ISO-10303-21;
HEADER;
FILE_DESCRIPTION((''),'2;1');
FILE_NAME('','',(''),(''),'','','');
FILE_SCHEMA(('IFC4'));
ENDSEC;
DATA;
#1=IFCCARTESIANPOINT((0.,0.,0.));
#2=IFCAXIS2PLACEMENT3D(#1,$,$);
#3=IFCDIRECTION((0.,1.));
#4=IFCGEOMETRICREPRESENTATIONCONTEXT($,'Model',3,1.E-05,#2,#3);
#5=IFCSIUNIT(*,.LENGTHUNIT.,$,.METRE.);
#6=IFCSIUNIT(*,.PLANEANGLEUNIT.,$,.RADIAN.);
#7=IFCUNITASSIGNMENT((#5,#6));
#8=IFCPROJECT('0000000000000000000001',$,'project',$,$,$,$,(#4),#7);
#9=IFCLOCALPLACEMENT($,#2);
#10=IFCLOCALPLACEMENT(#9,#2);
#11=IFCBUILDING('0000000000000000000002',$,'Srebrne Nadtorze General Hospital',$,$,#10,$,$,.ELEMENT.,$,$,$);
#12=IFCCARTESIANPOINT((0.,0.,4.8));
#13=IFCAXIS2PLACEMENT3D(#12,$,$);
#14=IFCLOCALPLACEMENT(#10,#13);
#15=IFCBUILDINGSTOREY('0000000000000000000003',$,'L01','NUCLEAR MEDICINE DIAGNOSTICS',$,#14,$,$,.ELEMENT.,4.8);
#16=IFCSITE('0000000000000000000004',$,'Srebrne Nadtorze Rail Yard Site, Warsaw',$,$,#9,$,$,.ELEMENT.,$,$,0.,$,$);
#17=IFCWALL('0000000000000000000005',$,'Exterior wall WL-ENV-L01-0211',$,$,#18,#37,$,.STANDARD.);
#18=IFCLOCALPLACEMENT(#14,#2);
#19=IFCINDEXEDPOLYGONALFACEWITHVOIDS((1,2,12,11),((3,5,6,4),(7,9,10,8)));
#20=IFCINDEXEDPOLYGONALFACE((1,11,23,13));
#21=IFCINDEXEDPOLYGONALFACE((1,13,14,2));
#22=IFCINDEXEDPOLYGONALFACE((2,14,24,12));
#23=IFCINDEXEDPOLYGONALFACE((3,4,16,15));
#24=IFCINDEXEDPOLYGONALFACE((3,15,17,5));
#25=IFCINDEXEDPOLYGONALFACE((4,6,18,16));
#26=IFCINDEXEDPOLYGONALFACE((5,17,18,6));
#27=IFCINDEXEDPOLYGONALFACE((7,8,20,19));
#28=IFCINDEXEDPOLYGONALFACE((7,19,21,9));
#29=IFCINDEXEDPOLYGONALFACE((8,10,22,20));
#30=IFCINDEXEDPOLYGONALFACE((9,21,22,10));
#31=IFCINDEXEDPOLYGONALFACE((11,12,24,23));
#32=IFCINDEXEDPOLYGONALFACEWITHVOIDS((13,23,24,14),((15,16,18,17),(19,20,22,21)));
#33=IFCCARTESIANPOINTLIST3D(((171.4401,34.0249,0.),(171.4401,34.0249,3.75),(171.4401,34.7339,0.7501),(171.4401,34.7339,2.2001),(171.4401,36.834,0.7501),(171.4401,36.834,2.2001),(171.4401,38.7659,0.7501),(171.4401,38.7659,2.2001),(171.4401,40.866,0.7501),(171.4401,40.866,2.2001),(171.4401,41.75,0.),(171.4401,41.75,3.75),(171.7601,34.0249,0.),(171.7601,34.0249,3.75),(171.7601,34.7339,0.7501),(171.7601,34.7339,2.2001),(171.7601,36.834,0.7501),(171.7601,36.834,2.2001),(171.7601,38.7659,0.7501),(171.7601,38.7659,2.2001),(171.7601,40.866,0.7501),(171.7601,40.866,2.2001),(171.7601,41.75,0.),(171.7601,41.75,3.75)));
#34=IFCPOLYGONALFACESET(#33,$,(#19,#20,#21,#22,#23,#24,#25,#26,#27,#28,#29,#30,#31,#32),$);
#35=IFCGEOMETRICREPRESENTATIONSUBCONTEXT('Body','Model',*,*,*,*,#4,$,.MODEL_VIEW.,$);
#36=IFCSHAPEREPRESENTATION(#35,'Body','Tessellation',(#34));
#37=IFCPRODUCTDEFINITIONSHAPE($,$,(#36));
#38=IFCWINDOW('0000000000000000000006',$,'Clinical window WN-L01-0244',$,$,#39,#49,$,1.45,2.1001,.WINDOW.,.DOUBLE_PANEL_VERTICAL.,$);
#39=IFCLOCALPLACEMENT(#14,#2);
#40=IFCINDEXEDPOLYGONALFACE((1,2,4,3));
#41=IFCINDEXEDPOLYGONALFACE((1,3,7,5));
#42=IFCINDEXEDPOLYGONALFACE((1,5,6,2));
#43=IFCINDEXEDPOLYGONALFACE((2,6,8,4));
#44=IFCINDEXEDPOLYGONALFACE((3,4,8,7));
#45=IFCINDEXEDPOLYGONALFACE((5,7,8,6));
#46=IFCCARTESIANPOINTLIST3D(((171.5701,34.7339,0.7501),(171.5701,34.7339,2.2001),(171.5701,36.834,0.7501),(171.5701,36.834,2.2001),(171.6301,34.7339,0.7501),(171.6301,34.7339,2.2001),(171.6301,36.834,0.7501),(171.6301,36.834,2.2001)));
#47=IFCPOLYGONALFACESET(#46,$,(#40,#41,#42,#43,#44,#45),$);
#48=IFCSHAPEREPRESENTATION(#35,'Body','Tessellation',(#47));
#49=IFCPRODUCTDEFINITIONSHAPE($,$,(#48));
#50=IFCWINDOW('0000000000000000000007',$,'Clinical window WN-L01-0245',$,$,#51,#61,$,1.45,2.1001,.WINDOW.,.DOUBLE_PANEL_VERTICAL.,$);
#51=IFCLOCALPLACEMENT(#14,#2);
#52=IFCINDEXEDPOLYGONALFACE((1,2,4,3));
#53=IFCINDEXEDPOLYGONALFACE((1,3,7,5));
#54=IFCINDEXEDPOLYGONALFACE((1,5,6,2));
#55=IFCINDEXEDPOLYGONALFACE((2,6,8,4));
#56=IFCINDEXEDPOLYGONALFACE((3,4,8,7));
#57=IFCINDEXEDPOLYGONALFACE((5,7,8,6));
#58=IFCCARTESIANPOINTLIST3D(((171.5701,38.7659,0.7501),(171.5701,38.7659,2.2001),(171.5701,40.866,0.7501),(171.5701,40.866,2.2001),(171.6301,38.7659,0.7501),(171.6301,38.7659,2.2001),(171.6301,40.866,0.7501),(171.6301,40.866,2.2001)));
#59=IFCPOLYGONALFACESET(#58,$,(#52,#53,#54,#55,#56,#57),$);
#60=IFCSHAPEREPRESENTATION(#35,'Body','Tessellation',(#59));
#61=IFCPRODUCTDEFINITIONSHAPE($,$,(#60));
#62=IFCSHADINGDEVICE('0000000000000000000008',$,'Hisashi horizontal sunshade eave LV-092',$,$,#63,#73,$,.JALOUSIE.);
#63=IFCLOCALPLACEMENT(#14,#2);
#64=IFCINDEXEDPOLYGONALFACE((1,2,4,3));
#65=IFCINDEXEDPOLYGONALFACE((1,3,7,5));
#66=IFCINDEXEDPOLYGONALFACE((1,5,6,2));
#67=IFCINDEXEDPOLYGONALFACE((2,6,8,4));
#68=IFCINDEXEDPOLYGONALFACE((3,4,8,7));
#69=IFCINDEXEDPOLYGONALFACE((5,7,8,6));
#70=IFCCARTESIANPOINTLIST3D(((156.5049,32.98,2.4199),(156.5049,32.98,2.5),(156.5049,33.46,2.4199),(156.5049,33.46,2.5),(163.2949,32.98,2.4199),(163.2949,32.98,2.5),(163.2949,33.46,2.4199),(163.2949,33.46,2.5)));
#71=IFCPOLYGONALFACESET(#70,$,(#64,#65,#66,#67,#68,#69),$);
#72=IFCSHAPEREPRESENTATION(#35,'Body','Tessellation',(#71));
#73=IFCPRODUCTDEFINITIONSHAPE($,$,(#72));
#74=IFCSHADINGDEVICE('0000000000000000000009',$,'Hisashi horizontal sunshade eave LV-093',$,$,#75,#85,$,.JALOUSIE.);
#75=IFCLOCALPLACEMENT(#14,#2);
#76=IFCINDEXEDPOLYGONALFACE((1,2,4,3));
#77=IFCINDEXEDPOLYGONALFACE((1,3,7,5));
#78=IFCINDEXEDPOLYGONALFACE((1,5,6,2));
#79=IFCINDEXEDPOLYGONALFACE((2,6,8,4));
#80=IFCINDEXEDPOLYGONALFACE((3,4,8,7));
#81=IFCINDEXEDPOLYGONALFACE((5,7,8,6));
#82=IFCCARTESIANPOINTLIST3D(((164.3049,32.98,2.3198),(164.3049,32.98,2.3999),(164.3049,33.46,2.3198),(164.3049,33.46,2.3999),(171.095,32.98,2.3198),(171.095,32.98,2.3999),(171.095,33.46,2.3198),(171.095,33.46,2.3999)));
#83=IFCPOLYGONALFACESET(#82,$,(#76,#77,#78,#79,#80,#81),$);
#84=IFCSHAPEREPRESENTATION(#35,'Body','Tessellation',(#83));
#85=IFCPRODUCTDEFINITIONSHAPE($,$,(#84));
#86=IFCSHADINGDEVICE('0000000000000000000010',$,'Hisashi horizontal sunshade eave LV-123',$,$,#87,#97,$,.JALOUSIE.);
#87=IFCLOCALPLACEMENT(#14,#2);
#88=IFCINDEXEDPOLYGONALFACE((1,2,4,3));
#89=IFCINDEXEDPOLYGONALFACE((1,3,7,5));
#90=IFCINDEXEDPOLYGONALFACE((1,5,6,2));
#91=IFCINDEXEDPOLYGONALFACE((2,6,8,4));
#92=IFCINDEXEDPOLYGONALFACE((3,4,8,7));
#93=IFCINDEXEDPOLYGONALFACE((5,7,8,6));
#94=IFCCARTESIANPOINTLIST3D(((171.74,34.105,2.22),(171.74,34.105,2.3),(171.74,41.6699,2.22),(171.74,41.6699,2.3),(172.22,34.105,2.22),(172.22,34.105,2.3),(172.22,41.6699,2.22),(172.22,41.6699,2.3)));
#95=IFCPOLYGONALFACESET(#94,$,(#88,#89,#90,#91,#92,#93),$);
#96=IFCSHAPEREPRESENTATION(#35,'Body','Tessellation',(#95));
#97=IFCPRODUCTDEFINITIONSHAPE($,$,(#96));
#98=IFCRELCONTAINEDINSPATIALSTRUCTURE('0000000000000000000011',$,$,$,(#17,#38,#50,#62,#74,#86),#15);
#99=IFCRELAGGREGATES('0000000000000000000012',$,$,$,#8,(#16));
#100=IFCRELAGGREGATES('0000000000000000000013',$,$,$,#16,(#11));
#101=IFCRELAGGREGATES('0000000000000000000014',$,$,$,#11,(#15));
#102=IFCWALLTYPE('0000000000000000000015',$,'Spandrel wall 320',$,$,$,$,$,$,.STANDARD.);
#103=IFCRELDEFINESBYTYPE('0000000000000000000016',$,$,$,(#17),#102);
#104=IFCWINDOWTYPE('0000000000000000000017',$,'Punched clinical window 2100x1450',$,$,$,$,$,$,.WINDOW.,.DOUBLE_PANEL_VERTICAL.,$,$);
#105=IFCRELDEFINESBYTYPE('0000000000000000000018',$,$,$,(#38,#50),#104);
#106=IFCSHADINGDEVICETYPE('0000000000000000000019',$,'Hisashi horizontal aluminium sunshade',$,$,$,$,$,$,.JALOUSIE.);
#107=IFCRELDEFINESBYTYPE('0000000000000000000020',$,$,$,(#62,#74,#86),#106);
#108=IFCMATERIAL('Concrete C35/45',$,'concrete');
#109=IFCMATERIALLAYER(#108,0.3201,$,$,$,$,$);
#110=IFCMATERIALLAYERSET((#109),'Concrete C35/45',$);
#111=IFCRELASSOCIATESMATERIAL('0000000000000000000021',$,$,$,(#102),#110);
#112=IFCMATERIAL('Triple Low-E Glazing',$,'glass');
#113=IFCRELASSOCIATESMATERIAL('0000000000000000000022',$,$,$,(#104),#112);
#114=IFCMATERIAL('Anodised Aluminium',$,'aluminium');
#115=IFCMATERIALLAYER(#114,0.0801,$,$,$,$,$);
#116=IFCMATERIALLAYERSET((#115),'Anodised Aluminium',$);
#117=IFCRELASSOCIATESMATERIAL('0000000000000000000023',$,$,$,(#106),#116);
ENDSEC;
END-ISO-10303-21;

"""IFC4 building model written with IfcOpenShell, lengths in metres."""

from ifc_helpers import new_model, si_unit, direction, frame, frame_2d, origin, origin_2d, place, context, subcontext, project, spatial, rectangle, extrude, material, layer, layer_set, type_object, element, fill, save


model = new_model("IFC4")

# Units and contexts
model_context = context("Model", 3, precision=1e-05, world=origin(), true_north=direction((0.0, 1.0)))
body_context = subcontext(model_context, "Body", "Model", "MODEL_VIEW")
ifc_project = project(units=[si_unit("LENGTHUNIT", "METRE"), si_unit("PLANEANGLEUNIT", "RADIAN")], contexts=[model_context])

# Site, building, storey
site_placement = place(None, origin())
site = spatial("IfcSite", under=ifc_project, at=site_placement, Name="Srebrne Nadtorze Rail Yard Site, Warsaw", CompositionType="ELEMENT", RefElevation=0.0)
building_placement = place(site_placement, origin())
building = spatial("IfcBuilding", under=site, at=building_placement, Name="Srebrne Nadtorze General Hospital", CompositionType="ELEMENT")
storey_placement = place(building_placement, frame((0.0, 0.0, 4.8)))
storey = spatial("IfcBuildingStorey", under=building, at=storey_placement, Name="L01", Description="NUCLEAR MEDICINE DIAGNOSTICS", CompositionType="ELEMENT", Elevation=4.8)

# Wall, openings, windows
ifc_material_1 = material(Name="Concrete C35/45", Category="concrete")
ifc_layer_1 = layer(ifc_material_1, 0.3201)
ifc_layer_set_1 = layer_set([ifc_layer_1], Name="Concrete C35/45")
wall_type_1 = type_object("IfcWallType", Name="Spandrel wall 320", PredefinedType="STANDARD", material=ifc_layer_set_1)
wall_1_placement = place(storey_placement, frame((171.6001, 34.0249, 0.0), z_axis=(0.0, 0.0, 1.0), x_axis=(0.0, 1.0, 0.0)))
wall_1 = element("IfcWall", 1, at=wall_1_placement, inside=storey, type_object=wall_type_1, Name="Exterior wall WL-ENV-L01-0211", PredefinedType="STANDARD", context=body_context, shape_type="SweptSolid", body=[
    extrude(rectangle(XDim=7.7251, YDim=0.3201, at=frame_2d((3.8625, 0.0))), origin(), (0.0, 0.0, 1.0), 3.75),
])
opening_1_placement = place(wall_1_placement, frame((0.709, 0.0, 0.75)))
opening_1 = element("IfcOpeningElement", 2, at=opening_1_placement, cuts=wall_1, PredefinedType="OPENING", context=body_context, shape_type="SweptSolid", body=[
    extrude(rectangle(XDim=2.1001, YDim=1.45, at=frame_2d((1.05, 0.7251))), frame((0.0, 0.1719, 0.0), z_axis=(0.0, -1.0, 0.0), x_axis=(1.0, 0.0, 0.0)), (0.0, 0.0, 1.0), 0.344),
])
opening_2_placement = place(wall_1_placement, frame((4.741, 0.0, 0.75)))
opening_2 = element("IfcOpeningElement", 3, at=opening_2_placement, cuts=wall_1, PredefinedType="OPENING", context=body_context, shape_type="SweptSolid", body=[
    extrude(rectangle(XDim=2.1001, YDim=1.45, at=frame_2d((1.05, 0.7251))), frame((0.0, 0.1719, 0.0), z_axis=(0.0, -1.0, 0.0), x_axis=(1.0, 0.0, 0.0)), (0.0, 0.0, 1.0), 0.344),
])
ifc_material_2 = material(Name="Triple Low-E Glazing", Category="glass")
window_type_1 = type_object("IfcWindowType", Name="Punched clinical window 2100x1450", PartitioningType="DOUBLE_PANEL_VERTICAL", PredefinedType="WINDOW", material=ifc_material_2)
window_1_placement = place(opening_1_placement, origin())
window_1 = element("IfcWindow", 4, at=window_1_placement, inside=storey, type_object=window_type_1, Name="Clinical window WN-L01-0244", OverallHeight=1.45, OverallWidth=2.1001, PartitioningType="DOUBLE_PANEL_VERTICAL", PredefinedType="WINDOW", context=body_context, shape_type="SweptSolid", body=[
    extrude(rectangle(XDim=2.1001, YDim=1.45, at=frame_2d((1.05, 0.7251))), frame((0.0, 0.03, 0.0), z_axis=(0.0, -1.0, 0.0), x_axis=(1.0, 0.0, 0.0)), (0.0, 0.0, 1.0), 0.0601),
])
fill(opening_1, window_1)
window_2_placement = place(opening_2_placement, origin())
window_2 = element("IfcWindow", 5, at=window_2_placement, inside=storey, type_object=window_type_1, Name="Clinical window WN-L01-0245", OverallHeight=1.45, OverallWidth=2.1001, PartitioningType="DOUBLE_PANEL_VERTICAL", PredefinedType="WINDOW", context=body_context, shape_type="SweptSolid", body=[
    extrude(rectangle(XDim=2.1001, YDim=1.45, at=frame_2d((1.05, 0.7251))), frame((0.0, 0.03, 0.0), z_axis=(0.0, -1.0, 0.0), x_axis=(1.0, 0.0, 0.0)), (0.0, 0.0, 1.0), 0.0601),
])
fill(opening_2, window_2)

# Shading devices
ifc_material_3 = material(Name="Anodised Aluminium", Category="aluminium")
ifc_layer_2 = layer(ifc_material_3, 0.0801)
ifc_layer_set_2 = layer_set([ifc_layer_2], Name="Anodised Aluminium")
shading_device_type = type_object("IfcShadingDeviceType", Name="Hisashi horizontal aluminium sunshade", PredefinedType="JALOUSIE", material=ifc_layer_set_2)
for number, where, z_axis, x_axis, name in (
    (6, (159.8999, 33.22, 2.4199), (0.0, 0.0, 1.0), (1.0, 0.0, 0.0), "Hisashi horizontal sunshade eave LV-092"),
    (7, (167.7, 33.22, 2.3198), (0.0, 0.0, 1.0), (1.0, 0.0, 0.0), "Hisashi horizontal sunshade eave LV-093"),
):
    element("IfcShadingDevice", number, at=place(storey_placement, frame(where, z_axis=z_axis, x_axis=x_axis)), inside=storey, type_object=shading_device_type, Name=name, PredefinedType="JALOUSIE", context=body_context, shape_type="SweptSolid", body=[
        extrude(rectangle(XDim=6.79, YDim=0.48, at=origin_2d()), origin(), (0.0, 0.0, 1.0), 0.0801),
    ])
shading_device_placement = place(storey_placement, frame((171.98, 37.8875, 2.22), z_axis=(0.0, 0.0, 1.0), x_axis=(1.0, 0.0, 0.0)))
element("IfcShadingDevice", 8, at=shading_device_placement, inside=storey, type_object=shading_device_type, Name="Hisashi horizontal sunshade eave LV-123", PredefinedType="JALOUSIE", context=body_context, shape_type="SweptSolid", body=[
    extrude(rectangle(XDim=0.48, YDim=7.5649, at=origin_2d()), origin(), (0.0, 0.0, 1.0), 0.0801),
])

save(model, "model.ifc")
